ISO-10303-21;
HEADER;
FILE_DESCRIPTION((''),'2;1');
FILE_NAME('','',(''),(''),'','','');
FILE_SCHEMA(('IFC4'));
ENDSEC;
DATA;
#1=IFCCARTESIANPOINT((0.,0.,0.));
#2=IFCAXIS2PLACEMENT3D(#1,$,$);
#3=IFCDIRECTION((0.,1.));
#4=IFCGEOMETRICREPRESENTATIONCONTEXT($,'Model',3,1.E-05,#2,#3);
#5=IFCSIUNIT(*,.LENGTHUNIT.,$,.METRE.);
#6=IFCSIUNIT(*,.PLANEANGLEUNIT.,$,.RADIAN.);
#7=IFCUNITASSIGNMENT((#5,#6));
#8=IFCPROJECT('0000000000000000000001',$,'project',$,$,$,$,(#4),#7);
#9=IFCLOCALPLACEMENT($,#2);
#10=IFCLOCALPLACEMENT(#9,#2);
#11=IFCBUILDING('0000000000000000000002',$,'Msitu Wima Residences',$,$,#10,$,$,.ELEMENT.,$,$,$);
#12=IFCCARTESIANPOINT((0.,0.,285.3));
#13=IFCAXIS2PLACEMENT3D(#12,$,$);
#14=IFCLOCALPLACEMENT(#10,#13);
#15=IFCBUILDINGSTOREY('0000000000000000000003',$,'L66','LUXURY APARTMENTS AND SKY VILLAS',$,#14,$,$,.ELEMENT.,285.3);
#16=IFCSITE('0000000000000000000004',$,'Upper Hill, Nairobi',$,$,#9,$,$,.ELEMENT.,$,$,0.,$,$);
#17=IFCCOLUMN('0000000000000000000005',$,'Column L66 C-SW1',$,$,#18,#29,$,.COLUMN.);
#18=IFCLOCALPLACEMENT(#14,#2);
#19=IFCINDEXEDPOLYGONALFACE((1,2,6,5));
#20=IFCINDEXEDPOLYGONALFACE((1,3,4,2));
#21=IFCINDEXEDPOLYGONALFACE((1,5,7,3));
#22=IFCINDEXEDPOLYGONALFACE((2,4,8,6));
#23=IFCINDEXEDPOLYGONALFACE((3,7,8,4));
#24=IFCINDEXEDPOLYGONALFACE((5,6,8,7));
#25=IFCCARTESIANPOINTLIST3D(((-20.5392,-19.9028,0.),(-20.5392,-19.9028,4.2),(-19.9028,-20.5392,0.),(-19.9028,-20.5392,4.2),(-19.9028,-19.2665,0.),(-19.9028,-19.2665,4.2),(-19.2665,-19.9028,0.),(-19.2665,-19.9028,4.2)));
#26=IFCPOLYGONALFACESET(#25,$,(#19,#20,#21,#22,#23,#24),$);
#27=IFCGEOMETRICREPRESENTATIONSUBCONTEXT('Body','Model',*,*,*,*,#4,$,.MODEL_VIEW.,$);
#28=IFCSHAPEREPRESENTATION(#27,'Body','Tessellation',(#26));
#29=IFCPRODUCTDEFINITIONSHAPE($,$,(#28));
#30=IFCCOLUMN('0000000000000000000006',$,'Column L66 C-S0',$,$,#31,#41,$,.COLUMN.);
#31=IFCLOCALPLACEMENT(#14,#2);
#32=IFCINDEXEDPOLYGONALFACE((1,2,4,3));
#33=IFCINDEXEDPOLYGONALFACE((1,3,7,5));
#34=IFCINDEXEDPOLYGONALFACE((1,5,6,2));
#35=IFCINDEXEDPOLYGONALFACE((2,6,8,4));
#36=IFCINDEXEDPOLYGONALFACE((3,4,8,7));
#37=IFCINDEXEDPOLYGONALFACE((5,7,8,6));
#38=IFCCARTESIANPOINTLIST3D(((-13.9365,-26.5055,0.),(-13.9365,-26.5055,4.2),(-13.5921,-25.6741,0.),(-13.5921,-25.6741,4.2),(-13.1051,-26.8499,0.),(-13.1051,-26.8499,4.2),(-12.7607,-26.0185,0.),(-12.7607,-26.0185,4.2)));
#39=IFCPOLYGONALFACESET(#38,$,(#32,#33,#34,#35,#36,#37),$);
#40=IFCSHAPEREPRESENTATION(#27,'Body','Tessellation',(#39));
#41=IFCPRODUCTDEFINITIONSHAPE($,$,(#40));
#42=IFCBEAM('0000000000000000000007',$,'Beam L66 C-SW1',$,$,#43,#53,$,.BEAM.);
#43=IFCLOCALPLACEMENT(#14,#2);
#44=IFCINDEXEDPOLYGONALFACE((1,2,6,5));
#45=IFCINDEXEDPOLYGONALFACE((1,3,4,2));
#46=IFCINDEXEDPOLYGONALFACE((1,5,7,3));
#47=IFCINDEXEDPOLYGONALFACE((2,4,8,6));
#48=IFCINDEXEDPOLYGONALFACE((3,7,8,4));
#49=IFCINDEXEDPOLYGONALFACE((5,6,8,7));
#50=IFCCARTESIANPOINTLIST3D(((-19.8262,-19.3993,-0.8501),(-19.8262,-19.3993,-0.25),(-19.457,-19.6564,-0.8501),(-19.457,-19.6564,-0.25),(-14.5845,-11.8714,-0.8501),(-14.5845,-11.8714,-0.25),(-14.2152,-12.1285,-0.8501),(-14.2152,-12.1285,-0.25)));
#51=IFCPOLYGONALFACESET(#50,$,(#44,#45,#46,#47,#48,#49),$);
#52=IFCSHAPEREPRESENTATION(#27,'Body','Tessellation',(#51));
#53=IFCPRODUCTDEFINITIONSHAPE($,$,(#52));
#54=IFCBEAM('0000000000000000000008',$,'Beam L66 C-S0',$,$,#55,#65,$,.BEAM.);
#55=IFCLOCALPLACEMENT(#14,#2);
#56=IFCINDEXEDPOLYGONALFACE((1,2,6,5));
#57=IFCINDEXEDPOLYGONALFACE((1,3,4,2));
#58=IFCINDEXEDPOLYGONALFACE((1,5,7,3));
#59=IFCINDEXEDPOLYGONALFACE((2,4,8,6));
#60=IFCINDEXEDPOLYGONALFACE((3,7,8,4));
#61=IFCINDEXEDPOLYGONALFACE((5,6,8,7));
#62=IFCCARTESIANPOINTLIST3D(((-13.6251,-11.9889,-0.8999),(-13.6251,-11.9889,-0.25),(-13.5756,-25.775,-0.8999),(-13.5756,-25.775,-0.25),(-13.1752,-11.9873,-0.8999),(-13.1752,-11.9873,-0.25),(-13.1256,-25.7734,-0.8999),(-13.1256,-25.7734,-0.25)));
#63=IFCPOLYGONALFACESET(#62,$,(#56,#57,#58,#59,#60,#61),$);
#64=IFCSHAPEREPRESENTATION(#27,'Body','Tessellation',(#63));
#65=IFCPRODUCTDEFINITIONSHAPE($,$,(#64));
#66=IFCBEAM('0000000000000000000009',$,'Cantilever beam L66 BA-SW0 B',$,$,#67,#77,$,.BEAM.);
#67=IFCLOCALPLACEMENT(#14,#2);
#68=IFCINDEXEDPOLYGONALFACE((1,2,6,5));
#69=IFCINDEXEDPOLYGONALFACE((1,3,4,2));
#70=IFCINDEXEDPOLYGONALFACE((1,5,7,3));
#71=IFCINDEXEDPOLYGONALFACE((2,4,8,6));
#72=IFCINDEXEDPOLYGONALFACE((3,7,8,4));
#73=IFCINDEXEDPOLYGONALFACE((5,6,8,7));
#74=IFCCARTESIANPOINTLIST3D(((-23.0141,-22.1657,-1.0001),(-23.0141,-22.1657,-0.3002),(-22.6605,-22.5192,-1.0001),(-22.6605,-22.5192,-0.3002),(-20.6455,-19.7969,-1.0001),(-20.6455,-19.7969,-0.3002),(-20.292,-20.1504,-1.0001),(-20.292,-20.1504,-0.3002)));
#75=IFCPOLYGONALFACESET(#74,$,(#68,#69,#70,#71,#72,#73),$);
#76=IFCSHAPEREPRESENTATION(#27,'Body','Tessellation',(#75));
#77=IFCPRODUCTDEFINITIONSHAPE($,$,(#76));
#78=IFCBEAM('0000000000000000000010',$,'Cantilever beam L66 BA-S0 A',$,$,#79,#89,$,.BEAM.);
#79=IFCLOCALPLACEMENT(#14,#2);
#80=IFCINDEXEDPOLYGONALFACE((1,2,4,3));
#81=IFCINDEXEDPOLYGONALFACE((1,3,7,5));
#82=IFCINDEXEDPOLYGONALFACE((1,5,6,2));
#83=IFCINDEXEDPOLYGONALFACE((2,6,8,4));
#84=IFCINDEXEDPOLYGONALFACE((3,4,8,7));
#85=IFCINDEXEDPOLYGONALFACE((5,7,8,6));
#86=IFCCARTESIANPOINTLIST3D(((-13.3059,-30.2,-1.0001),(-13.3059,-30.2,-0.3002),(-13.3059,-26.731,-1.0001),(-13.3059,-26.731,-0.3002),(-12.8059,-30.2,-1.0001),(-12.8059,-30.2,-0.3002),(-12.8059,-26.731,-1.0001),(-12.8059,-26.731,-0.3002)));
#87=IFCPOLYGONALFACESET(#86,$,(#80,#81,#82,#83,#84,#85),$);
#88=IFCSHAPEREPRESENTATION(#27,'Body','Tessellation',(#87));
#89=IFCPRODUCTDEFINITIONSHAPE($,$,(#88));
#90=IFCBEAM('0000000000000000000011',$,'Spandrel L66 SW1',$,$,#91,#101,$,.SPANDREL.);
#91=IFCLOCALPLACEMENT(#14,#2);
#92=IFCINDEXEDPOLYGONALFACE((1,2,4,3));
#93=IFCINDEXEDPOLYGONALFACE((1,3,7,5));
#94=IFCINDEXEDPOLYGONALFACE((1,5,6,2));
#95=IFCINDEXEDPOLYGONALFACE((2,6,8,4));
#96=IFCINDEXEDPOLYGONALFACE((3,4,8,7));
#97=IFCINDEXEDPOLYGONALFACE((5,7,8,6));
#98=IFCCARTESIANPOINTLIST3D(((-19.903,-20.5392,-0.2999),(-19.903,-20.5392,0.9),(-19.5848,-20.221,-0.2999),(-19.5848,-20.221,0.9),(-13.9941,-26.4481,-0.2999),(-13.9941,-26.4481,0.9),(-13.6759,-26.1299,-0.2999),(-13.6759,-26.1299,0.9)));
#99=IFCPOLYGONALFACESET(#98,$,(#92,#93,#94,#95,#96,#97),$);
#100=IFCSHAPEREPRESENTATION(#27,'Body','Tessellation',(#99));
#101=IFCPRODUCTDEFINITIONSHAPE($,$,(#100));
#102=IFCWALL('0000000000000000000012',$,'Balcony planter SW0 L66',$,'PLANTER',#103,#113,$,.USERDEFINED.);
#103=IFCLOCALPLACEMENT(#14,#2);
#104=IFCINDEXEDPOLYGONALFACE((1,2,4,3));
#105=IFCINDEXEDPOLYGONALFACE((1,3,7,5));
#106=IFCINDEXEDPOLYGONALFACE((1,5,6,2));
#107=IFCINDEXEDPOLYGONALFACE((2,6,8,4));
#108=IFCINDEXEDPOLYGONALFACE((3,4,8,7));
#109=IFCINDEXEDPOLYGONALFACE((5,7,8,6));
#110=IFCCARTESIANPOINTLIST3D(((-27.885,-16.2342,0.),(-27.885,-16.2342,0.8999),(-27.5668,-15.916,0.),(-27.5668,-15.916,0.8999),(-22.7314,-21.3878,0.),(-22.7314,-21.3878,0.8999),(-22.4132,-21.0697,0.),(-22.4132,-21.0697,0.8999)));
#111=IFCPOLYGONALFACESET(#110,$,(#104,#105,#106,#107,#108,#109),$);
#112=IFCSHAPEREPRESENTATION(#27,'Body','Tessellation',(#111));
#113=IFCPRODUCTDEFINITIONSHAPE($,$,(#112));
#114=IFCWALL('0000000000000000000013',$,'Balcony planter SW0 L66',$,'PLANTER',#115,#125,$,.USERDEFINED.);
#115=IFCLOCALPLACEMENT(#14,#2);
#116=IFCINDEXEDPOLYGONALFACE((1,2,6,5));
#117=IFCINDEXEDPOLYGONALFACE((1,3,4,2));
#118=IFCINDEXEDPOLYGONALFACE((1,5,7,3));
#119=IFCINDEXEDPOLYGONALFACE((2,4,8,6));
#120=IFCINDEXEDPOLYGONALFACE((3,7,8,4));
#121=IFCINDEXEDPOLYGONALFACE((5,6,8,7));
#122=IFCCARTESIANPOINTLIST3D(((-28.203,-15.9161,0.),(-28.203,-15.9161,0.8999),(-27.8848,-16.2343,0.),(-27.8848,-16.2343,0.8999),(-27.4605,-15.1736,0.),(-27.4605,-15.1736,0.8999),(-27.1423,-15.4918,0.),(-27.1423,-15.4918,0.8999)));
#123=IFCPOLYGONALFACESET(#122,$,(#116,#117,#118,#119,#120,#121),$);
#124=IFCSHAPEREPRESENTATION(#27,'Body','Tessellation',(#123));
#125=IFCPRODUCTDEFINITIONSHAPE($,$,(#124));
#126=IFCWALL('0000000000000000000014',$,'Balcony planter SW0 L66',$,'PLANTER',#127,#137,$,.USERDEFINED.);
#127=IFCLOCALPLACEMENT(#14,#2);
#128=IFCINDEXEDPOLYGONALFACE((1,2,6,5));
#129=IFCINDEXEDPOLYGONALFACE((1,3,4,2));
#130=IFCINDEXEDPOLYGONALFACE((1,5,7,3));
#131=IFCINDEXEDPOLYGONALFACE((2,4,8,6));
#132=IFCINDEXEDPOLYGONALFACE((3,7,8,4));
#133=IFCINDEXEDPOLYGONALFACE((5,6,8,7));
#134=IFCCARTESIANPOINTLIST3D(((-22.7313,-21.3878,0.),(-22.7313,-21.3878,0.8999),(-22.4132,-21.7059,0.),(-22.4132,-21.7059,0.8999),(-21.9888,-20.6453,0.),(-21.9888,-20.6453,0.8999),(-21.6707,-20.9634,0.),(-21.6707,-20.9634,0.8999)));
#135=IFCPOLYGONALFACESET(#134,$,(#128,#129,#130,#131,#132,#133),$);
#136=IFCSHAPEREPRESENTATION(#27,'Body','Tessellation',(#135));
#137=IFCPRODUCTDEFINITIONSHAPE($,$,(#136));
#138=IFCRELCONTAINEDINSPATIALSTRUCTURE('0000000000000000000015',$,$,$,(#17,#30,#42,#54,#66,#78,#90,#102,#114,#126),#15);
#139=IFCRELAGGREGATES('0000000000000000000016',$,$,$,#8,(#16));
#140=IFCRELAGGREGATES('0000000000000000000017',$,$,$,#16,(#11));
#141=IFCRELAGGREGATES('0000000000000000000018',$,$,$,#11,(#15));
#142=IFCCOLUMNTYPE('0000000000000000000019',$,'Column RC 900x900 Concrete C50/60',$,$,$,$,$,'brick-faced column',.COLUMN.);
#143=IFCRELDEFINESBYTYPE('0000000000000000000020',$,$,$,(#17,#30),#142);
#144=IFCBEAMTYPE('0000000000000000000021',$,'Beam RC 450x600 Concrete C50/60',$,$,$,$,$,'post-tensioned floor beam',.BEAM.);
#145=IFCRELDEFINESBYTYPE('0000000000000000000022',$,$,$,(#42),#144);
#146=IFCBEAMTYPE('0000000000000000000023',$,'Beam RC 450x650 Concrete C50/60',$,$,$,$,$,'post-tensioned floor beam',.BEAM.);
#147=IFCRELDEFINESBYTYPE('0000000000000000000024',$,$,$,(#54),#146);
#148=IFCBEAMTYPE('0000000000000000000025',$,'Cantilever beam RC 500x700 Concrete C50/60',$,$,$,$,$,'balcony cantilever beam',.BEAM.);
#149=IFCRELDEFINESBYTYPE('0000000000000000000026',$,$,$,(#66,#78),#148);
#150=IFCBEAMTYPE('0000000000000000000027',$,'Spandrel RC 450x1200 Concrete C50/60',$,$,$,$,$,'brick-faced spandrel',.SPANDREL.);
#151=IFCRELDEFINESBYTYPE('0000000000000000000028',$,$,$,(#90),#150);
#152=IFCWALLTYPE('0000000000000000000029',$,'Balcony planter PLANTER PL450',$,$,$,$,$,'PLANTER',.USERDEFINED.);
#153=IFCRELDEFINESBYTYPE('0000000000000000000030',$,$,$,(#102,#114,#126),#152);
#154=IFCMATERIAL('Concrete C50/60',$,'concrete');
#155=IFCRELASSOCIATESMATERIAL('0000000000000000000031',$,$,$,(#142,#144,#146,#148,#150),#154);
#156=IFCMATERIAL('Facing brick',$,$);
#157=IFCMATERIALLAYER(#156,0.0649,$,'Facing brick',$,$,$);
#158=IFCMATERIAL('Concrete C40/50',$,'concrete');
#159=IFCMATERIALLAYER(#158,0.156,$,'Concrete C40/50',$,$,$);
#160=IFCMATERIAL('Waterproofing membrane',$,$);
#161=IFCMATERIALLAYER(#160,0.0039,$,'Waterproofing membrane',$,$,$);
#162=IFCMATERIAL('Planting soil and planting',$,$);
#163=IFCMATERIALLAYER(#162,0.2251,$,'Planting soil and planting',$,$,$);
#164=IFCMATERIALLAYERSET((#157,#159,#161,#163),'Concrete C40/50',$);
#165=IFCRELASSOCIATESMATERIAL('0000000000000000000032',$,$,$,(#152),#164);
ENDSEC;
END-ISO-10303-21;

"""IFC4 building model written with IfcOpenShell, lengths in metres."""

from ifc_helpers import new_model, si_unit, direction, frame, frame_2d, origin, origin_2d, place, context, subcontext, project, spatial, rectangle, extrude, material, layer, layer_set, material_profile, profile_set, type_object, element, save


model = new_model("IFC4")

# Units and contexts
model_context = context("Model", 3, precision=1e-05, world=origin(), true_north=direction((0.0, 1.0)))
body_context = subcontext(model_context, "Body", "Model", "MODEL_VIEW")
ifc_project = project(units=[si_unit("LENGTHUNIT", "METRE"), si_unit("PLANEANGLEUNIT", "RADIAN")], contexts=[model_context])

# Site, building, storey
site_placement = place(None, origin())
site = spatial("IfcSite", under=ifc_project, at=site_placement, Name="Upper Hill, Nairobi", CompositionType="ELEMENT", RefElevation=0.0)
building_placement = place(site_placement, origin())
building = spatial("IfcBuilding", under=site, at=building_placement, Name="Msitu Wima Residences", CompositionType="ELEMENT")
storey_placement = place(building_placement, frame((0.0, 0.0, 285.3)))
storey = spatial("IfcBuildingStorey", under=building, at=storey_placement, Name="L66", Description="LUXURY APARTMENTS AND SKY VILLAS", CompositionType="ELEMENT", Elevation=285.3)

# Columns
ifc_material_1 = material(Name="Concrete C50/60", Category="concrete")
ifc_material_profile_1 = material_profile(ifc_material_1, rectangle(XDim=0.8999, YDim=0.8999, at=origin_2d()), Name="RC 900x900")
ifc_profile_set_1 = profile_set([ifc_material_profile_1], Name="Concrete C50/60")
column_type = type_object("IfcColumnType", Name="Column RC 900x900 Concrete C50/60", ElementType="brick-faced column", PredefinedType="COLUMN", material=ifc_profile_set_1)
for number, where, z_axis, x_axis, name in (
    (1, (-19.9028, -19.9028, 0.0), (0.0, 0.0, 1.0), (0.707107, -0.707107, 0.0), "Column L66 C-SW1"),
    (2, (-13.3486, -26.262, 0.0), (0.0, 0.0, 1.0), (0.92388, -0.382683, 0.0), "Column L66 C-S0"),
):
    element("IfcColumn", number, at=place(storey_placement, frame(where, z_axis=z_axis, x_axis=x_axis)), inside=storey, type_object=column_type, Name=name, PredefinedType="COLUMN", context=body_context, shape_type="SweptSolid", body=[
        extrude(rectangle(XDim=0.8999, YDim=0.8999, at=origin_2d()), origin(), (0.0, 0.0, 1.0), 4.2),
    ])

# Beams
ifc_material_profile_2 = material_profile(ifc_material_1, rectangle(XDim=0.45, YDim=0.6001, at=origin_2d()), Name="RC 450x600")
ifc_profile_set_2 = profile_set([ifc_material_profile_2], Name="Concrete C50/60")
beam_type_1 = type_object("IfcBeamType", Name="Beam RC 450x600 Concrete C50/60", ElementType="post-tensioned floor beam", PredefinedType="BEAM", material=ifc_profile_set_2)
beam_1_placement = place(storey_placement, frame((-19.6416, -19.5278, -0.55), z_axis=(0.571428, 0.820652, 0.0), x_axis=(-0.820652, 0.571428, 0.0)))
element("IfcBeam", 3, at=beam_1_placement, inside=storey, type_object=beam_type_1, Name="Beam L66 C-SW1", PredefinedType="BEAM", context=body_context, shape_type="SweptSolid", body=[
    extrude(rectangle(XDim=0.45, YDim=0.6001, at=origin_2d()), origin(), (0.0, 0.0, 1.0), 9.1731),
])
ifc_material_profile_3 = material_profile(ifc_material_1, rectangle(XDim=0.45, YDim=0.6499, at=origin_2d()), Name="RC 450x650")
ifc_profile_set_3 = profile_set([ifc_material_profile_3], Name="Concrete C50/60")
beam_type_2 = type_object("IfcBeamType", Name="Beam RC 450x650 Concrete C50/60", ElementType="post-tensioned floor beam", PredefinedType="BEAM", material=ifc_profile_set_3)
beam_2_placement = place(storey_placement, frame((-13.3506, -25.7742, -0.575), z_axis=(-0.003595, 0.999994, 0.0), x_axis=(-0.999994, -0.003595, 0.0)))
element("IfcBeam", 4, at=beam_2_placement, inside=storey, type_object=beam_type_2, Name="Beam L66 C-S0", PredefinedType="BEAM", context=body_context, shape_type="SweptSolid", body=[
    extrude(rectangle(XDim=0.45, YDim=0.6499, at=origin_2d()), origin(), (0.0, 0.0, 1.0), 13.7861),
])
ifc_material_profile_4 = material_profile(ifc_material_1, rectangle(XDim=0.5, YDim=0.7, at=origin_2d()), Name="RC 500x700")
ifc_profile_set_4 = profile_set([ifc_material_profile_4], Name="Concrete C50/60")
beam_type_3 = type_object("IfcBeamType", Name="Cantilever beam RC 500x700 Concrete C50/60", ElementType="balcony cantilever beam", PredefinedType="BEAM", material=ifc_profile_set_4)
beam_3_placement = place(storey_placement, frame((-20.4688, -19.9736, -0.6501), z_axis=(-0.70707, -0.707143, 0.0), x_axis=(0.707143, -0.70707, 0.0)))
element("IfcBeam", 5, at=beam_3_placement, inside=storey, type_object=beam_type_3, Name="Cantilever beam L66 BA-SW0 B", PredefinedType="BEAM", context=body_context, shape_type="SweptSolid", body=[
    extrude(rectangle(XDim=0.5, YDim=0.7, at=origin_2d()), origin(), (0.0, 0.0, 1.0), 3.3499),
])
beam_4_placement = place(storey_placement, frame((-13.0559, -26.731, -0.6501), z_axis=(0.0, -1.0, 0.0), x_axis=(1.0, 0.0, 0.0)))
element("IfcBeam", 6, at=beam_4_placement, inside=storey, type_object=beam_type_3, Name="Cantilever beam L66 BA-S0 A", PredefinedType="BEAM", context=body_context, shape_type="SweptSolid", body=[
    extrude(rectangle(XDim=0.5, YDim=0.7, at=origin_2d()), origin(), (0.0, 0.0, 1.0), 3.469),
])
ifc_material_profile_5 = material_profile(ifc_material_1, rectangle(XDim=0.45, YDim=1.2, at=origin_2d()), Name="RC 450x1200")
ifc_profile_set_5 = profile_set([ifc_material_profile_5], Name="Concrete C50/60")
beam_type_4 = type_object("IfcBeamType", Name="Spandrel RC 450x1200 Concrete C50/60", ElementType="brick-faced spandrel", PredefinedType="SPANDREL", material=ifc_profile_set_5)
beam_5_placement = place(storey_placement, frame((-19.7439, -20.3801, 0.3), z_axis=(0.707107, -0.707107, 0.0), x_axis=(0.707107, 0.707107, 0.0)))
element("IfcBeam", 7, at=beam_5_placement, inside=storey, type_object=beam_type_4, Name="Spandrel L66 SW1", PredefinedType="SPANDREL", context=body_context, shape_type="SweptSolid", body=[
    extrude(rectangle(XDim=0.45, YDim=1.2, at=origin_2d()), origin(), (0.0, 0.0, 1.0), 8.3564),
])

# Walls
ifc_material_2 = material(Name="Facing brick")
ifc_layer_1 = layer(ifc_material_2, 0.0649, Name="Facing brick")
ifc_material_3 = material(Name="Concrete C40/50", Category="concrete")
ifc_layer_2 = layer(ifc_material_3, 0.156, Name="Concrete C40/50")
ifc_material_4 = material(Name="Waterproofing membrane")
ifc_layer_3 = layer(ifc_material_4, 0.0039, Name="Waterproofing membrane")
ifc_material_5 = material(Name="Planting soil and planting")
ifc_layer_4 = layer(ifc_material_5, 0.2251, Name="Planting soil and planting")
ifc_layer_set_1 = layer_set([ifc_layer_1, ifc_layer_2, ifc_layer_3, ifc_layer_4], Name="Concrete C40/50")
wall_type_1 = type_object("IfcWallType", Name="Balcony planter PLANTER PL450", ElementType="PLANTER", PredefinedType="USERDEFINED", material=ifc_layer_set_1)
wall_1_placement = place(storey_placement, frame((-27.7258, -16.0752, 0.0), z_axis=(0.0, 0.0, 1.0), x_axis=(0.707107, -0.707107, 0.0)))
element("IfcWall", 8, at=wall_1_placement, inside=storey, type_object=wall_type_1, Name="Balcony planter SW0 L66", ObjectType="PLANTER", PredefinedType="USERDEFINED", context=body_context, shape_type="SweptSolid", body=[
    extrude(rectangle(XDim=7.2883, YDim=0.45, at=frame_2d((3.644, 0.0))), origin(), (0.0, 0.0, 1.0), 0.8999),
])
for number, where, z_axis, x_axis, name in (
    (9, (-27.3015, -15.3328, 0.0), (0.0, 0.0, 1.0), (-0.707107, -0.707107, 0.0), "Balcony planter SW0 L66"),
    (10, (-21.8298, -20.8044, 0.0), (0.0, 0.0, 1.0), (-0.707107, -0.707107, 0.0), "Balcony planter SW0 L66"),
):
    element("IfcWall", number, at=place(storey_placement, frame(where, z_axis=z_axis, x_axis=x_axis)), inside=storey, type_object=wall_type_1, Name=name, ObjectType="PLANTER", PredefinedType="USERDEFINED", context=body_context, shape_type="SweptSolid", body=[
        extrude(rectangle(XDim=1.05, YDim=0.45, at=frame_2d((0.5249, 0.0))), origin(), (0.0, 0.0, 1.0), 0.8999),
    ])

save(model, "model.ifc")
